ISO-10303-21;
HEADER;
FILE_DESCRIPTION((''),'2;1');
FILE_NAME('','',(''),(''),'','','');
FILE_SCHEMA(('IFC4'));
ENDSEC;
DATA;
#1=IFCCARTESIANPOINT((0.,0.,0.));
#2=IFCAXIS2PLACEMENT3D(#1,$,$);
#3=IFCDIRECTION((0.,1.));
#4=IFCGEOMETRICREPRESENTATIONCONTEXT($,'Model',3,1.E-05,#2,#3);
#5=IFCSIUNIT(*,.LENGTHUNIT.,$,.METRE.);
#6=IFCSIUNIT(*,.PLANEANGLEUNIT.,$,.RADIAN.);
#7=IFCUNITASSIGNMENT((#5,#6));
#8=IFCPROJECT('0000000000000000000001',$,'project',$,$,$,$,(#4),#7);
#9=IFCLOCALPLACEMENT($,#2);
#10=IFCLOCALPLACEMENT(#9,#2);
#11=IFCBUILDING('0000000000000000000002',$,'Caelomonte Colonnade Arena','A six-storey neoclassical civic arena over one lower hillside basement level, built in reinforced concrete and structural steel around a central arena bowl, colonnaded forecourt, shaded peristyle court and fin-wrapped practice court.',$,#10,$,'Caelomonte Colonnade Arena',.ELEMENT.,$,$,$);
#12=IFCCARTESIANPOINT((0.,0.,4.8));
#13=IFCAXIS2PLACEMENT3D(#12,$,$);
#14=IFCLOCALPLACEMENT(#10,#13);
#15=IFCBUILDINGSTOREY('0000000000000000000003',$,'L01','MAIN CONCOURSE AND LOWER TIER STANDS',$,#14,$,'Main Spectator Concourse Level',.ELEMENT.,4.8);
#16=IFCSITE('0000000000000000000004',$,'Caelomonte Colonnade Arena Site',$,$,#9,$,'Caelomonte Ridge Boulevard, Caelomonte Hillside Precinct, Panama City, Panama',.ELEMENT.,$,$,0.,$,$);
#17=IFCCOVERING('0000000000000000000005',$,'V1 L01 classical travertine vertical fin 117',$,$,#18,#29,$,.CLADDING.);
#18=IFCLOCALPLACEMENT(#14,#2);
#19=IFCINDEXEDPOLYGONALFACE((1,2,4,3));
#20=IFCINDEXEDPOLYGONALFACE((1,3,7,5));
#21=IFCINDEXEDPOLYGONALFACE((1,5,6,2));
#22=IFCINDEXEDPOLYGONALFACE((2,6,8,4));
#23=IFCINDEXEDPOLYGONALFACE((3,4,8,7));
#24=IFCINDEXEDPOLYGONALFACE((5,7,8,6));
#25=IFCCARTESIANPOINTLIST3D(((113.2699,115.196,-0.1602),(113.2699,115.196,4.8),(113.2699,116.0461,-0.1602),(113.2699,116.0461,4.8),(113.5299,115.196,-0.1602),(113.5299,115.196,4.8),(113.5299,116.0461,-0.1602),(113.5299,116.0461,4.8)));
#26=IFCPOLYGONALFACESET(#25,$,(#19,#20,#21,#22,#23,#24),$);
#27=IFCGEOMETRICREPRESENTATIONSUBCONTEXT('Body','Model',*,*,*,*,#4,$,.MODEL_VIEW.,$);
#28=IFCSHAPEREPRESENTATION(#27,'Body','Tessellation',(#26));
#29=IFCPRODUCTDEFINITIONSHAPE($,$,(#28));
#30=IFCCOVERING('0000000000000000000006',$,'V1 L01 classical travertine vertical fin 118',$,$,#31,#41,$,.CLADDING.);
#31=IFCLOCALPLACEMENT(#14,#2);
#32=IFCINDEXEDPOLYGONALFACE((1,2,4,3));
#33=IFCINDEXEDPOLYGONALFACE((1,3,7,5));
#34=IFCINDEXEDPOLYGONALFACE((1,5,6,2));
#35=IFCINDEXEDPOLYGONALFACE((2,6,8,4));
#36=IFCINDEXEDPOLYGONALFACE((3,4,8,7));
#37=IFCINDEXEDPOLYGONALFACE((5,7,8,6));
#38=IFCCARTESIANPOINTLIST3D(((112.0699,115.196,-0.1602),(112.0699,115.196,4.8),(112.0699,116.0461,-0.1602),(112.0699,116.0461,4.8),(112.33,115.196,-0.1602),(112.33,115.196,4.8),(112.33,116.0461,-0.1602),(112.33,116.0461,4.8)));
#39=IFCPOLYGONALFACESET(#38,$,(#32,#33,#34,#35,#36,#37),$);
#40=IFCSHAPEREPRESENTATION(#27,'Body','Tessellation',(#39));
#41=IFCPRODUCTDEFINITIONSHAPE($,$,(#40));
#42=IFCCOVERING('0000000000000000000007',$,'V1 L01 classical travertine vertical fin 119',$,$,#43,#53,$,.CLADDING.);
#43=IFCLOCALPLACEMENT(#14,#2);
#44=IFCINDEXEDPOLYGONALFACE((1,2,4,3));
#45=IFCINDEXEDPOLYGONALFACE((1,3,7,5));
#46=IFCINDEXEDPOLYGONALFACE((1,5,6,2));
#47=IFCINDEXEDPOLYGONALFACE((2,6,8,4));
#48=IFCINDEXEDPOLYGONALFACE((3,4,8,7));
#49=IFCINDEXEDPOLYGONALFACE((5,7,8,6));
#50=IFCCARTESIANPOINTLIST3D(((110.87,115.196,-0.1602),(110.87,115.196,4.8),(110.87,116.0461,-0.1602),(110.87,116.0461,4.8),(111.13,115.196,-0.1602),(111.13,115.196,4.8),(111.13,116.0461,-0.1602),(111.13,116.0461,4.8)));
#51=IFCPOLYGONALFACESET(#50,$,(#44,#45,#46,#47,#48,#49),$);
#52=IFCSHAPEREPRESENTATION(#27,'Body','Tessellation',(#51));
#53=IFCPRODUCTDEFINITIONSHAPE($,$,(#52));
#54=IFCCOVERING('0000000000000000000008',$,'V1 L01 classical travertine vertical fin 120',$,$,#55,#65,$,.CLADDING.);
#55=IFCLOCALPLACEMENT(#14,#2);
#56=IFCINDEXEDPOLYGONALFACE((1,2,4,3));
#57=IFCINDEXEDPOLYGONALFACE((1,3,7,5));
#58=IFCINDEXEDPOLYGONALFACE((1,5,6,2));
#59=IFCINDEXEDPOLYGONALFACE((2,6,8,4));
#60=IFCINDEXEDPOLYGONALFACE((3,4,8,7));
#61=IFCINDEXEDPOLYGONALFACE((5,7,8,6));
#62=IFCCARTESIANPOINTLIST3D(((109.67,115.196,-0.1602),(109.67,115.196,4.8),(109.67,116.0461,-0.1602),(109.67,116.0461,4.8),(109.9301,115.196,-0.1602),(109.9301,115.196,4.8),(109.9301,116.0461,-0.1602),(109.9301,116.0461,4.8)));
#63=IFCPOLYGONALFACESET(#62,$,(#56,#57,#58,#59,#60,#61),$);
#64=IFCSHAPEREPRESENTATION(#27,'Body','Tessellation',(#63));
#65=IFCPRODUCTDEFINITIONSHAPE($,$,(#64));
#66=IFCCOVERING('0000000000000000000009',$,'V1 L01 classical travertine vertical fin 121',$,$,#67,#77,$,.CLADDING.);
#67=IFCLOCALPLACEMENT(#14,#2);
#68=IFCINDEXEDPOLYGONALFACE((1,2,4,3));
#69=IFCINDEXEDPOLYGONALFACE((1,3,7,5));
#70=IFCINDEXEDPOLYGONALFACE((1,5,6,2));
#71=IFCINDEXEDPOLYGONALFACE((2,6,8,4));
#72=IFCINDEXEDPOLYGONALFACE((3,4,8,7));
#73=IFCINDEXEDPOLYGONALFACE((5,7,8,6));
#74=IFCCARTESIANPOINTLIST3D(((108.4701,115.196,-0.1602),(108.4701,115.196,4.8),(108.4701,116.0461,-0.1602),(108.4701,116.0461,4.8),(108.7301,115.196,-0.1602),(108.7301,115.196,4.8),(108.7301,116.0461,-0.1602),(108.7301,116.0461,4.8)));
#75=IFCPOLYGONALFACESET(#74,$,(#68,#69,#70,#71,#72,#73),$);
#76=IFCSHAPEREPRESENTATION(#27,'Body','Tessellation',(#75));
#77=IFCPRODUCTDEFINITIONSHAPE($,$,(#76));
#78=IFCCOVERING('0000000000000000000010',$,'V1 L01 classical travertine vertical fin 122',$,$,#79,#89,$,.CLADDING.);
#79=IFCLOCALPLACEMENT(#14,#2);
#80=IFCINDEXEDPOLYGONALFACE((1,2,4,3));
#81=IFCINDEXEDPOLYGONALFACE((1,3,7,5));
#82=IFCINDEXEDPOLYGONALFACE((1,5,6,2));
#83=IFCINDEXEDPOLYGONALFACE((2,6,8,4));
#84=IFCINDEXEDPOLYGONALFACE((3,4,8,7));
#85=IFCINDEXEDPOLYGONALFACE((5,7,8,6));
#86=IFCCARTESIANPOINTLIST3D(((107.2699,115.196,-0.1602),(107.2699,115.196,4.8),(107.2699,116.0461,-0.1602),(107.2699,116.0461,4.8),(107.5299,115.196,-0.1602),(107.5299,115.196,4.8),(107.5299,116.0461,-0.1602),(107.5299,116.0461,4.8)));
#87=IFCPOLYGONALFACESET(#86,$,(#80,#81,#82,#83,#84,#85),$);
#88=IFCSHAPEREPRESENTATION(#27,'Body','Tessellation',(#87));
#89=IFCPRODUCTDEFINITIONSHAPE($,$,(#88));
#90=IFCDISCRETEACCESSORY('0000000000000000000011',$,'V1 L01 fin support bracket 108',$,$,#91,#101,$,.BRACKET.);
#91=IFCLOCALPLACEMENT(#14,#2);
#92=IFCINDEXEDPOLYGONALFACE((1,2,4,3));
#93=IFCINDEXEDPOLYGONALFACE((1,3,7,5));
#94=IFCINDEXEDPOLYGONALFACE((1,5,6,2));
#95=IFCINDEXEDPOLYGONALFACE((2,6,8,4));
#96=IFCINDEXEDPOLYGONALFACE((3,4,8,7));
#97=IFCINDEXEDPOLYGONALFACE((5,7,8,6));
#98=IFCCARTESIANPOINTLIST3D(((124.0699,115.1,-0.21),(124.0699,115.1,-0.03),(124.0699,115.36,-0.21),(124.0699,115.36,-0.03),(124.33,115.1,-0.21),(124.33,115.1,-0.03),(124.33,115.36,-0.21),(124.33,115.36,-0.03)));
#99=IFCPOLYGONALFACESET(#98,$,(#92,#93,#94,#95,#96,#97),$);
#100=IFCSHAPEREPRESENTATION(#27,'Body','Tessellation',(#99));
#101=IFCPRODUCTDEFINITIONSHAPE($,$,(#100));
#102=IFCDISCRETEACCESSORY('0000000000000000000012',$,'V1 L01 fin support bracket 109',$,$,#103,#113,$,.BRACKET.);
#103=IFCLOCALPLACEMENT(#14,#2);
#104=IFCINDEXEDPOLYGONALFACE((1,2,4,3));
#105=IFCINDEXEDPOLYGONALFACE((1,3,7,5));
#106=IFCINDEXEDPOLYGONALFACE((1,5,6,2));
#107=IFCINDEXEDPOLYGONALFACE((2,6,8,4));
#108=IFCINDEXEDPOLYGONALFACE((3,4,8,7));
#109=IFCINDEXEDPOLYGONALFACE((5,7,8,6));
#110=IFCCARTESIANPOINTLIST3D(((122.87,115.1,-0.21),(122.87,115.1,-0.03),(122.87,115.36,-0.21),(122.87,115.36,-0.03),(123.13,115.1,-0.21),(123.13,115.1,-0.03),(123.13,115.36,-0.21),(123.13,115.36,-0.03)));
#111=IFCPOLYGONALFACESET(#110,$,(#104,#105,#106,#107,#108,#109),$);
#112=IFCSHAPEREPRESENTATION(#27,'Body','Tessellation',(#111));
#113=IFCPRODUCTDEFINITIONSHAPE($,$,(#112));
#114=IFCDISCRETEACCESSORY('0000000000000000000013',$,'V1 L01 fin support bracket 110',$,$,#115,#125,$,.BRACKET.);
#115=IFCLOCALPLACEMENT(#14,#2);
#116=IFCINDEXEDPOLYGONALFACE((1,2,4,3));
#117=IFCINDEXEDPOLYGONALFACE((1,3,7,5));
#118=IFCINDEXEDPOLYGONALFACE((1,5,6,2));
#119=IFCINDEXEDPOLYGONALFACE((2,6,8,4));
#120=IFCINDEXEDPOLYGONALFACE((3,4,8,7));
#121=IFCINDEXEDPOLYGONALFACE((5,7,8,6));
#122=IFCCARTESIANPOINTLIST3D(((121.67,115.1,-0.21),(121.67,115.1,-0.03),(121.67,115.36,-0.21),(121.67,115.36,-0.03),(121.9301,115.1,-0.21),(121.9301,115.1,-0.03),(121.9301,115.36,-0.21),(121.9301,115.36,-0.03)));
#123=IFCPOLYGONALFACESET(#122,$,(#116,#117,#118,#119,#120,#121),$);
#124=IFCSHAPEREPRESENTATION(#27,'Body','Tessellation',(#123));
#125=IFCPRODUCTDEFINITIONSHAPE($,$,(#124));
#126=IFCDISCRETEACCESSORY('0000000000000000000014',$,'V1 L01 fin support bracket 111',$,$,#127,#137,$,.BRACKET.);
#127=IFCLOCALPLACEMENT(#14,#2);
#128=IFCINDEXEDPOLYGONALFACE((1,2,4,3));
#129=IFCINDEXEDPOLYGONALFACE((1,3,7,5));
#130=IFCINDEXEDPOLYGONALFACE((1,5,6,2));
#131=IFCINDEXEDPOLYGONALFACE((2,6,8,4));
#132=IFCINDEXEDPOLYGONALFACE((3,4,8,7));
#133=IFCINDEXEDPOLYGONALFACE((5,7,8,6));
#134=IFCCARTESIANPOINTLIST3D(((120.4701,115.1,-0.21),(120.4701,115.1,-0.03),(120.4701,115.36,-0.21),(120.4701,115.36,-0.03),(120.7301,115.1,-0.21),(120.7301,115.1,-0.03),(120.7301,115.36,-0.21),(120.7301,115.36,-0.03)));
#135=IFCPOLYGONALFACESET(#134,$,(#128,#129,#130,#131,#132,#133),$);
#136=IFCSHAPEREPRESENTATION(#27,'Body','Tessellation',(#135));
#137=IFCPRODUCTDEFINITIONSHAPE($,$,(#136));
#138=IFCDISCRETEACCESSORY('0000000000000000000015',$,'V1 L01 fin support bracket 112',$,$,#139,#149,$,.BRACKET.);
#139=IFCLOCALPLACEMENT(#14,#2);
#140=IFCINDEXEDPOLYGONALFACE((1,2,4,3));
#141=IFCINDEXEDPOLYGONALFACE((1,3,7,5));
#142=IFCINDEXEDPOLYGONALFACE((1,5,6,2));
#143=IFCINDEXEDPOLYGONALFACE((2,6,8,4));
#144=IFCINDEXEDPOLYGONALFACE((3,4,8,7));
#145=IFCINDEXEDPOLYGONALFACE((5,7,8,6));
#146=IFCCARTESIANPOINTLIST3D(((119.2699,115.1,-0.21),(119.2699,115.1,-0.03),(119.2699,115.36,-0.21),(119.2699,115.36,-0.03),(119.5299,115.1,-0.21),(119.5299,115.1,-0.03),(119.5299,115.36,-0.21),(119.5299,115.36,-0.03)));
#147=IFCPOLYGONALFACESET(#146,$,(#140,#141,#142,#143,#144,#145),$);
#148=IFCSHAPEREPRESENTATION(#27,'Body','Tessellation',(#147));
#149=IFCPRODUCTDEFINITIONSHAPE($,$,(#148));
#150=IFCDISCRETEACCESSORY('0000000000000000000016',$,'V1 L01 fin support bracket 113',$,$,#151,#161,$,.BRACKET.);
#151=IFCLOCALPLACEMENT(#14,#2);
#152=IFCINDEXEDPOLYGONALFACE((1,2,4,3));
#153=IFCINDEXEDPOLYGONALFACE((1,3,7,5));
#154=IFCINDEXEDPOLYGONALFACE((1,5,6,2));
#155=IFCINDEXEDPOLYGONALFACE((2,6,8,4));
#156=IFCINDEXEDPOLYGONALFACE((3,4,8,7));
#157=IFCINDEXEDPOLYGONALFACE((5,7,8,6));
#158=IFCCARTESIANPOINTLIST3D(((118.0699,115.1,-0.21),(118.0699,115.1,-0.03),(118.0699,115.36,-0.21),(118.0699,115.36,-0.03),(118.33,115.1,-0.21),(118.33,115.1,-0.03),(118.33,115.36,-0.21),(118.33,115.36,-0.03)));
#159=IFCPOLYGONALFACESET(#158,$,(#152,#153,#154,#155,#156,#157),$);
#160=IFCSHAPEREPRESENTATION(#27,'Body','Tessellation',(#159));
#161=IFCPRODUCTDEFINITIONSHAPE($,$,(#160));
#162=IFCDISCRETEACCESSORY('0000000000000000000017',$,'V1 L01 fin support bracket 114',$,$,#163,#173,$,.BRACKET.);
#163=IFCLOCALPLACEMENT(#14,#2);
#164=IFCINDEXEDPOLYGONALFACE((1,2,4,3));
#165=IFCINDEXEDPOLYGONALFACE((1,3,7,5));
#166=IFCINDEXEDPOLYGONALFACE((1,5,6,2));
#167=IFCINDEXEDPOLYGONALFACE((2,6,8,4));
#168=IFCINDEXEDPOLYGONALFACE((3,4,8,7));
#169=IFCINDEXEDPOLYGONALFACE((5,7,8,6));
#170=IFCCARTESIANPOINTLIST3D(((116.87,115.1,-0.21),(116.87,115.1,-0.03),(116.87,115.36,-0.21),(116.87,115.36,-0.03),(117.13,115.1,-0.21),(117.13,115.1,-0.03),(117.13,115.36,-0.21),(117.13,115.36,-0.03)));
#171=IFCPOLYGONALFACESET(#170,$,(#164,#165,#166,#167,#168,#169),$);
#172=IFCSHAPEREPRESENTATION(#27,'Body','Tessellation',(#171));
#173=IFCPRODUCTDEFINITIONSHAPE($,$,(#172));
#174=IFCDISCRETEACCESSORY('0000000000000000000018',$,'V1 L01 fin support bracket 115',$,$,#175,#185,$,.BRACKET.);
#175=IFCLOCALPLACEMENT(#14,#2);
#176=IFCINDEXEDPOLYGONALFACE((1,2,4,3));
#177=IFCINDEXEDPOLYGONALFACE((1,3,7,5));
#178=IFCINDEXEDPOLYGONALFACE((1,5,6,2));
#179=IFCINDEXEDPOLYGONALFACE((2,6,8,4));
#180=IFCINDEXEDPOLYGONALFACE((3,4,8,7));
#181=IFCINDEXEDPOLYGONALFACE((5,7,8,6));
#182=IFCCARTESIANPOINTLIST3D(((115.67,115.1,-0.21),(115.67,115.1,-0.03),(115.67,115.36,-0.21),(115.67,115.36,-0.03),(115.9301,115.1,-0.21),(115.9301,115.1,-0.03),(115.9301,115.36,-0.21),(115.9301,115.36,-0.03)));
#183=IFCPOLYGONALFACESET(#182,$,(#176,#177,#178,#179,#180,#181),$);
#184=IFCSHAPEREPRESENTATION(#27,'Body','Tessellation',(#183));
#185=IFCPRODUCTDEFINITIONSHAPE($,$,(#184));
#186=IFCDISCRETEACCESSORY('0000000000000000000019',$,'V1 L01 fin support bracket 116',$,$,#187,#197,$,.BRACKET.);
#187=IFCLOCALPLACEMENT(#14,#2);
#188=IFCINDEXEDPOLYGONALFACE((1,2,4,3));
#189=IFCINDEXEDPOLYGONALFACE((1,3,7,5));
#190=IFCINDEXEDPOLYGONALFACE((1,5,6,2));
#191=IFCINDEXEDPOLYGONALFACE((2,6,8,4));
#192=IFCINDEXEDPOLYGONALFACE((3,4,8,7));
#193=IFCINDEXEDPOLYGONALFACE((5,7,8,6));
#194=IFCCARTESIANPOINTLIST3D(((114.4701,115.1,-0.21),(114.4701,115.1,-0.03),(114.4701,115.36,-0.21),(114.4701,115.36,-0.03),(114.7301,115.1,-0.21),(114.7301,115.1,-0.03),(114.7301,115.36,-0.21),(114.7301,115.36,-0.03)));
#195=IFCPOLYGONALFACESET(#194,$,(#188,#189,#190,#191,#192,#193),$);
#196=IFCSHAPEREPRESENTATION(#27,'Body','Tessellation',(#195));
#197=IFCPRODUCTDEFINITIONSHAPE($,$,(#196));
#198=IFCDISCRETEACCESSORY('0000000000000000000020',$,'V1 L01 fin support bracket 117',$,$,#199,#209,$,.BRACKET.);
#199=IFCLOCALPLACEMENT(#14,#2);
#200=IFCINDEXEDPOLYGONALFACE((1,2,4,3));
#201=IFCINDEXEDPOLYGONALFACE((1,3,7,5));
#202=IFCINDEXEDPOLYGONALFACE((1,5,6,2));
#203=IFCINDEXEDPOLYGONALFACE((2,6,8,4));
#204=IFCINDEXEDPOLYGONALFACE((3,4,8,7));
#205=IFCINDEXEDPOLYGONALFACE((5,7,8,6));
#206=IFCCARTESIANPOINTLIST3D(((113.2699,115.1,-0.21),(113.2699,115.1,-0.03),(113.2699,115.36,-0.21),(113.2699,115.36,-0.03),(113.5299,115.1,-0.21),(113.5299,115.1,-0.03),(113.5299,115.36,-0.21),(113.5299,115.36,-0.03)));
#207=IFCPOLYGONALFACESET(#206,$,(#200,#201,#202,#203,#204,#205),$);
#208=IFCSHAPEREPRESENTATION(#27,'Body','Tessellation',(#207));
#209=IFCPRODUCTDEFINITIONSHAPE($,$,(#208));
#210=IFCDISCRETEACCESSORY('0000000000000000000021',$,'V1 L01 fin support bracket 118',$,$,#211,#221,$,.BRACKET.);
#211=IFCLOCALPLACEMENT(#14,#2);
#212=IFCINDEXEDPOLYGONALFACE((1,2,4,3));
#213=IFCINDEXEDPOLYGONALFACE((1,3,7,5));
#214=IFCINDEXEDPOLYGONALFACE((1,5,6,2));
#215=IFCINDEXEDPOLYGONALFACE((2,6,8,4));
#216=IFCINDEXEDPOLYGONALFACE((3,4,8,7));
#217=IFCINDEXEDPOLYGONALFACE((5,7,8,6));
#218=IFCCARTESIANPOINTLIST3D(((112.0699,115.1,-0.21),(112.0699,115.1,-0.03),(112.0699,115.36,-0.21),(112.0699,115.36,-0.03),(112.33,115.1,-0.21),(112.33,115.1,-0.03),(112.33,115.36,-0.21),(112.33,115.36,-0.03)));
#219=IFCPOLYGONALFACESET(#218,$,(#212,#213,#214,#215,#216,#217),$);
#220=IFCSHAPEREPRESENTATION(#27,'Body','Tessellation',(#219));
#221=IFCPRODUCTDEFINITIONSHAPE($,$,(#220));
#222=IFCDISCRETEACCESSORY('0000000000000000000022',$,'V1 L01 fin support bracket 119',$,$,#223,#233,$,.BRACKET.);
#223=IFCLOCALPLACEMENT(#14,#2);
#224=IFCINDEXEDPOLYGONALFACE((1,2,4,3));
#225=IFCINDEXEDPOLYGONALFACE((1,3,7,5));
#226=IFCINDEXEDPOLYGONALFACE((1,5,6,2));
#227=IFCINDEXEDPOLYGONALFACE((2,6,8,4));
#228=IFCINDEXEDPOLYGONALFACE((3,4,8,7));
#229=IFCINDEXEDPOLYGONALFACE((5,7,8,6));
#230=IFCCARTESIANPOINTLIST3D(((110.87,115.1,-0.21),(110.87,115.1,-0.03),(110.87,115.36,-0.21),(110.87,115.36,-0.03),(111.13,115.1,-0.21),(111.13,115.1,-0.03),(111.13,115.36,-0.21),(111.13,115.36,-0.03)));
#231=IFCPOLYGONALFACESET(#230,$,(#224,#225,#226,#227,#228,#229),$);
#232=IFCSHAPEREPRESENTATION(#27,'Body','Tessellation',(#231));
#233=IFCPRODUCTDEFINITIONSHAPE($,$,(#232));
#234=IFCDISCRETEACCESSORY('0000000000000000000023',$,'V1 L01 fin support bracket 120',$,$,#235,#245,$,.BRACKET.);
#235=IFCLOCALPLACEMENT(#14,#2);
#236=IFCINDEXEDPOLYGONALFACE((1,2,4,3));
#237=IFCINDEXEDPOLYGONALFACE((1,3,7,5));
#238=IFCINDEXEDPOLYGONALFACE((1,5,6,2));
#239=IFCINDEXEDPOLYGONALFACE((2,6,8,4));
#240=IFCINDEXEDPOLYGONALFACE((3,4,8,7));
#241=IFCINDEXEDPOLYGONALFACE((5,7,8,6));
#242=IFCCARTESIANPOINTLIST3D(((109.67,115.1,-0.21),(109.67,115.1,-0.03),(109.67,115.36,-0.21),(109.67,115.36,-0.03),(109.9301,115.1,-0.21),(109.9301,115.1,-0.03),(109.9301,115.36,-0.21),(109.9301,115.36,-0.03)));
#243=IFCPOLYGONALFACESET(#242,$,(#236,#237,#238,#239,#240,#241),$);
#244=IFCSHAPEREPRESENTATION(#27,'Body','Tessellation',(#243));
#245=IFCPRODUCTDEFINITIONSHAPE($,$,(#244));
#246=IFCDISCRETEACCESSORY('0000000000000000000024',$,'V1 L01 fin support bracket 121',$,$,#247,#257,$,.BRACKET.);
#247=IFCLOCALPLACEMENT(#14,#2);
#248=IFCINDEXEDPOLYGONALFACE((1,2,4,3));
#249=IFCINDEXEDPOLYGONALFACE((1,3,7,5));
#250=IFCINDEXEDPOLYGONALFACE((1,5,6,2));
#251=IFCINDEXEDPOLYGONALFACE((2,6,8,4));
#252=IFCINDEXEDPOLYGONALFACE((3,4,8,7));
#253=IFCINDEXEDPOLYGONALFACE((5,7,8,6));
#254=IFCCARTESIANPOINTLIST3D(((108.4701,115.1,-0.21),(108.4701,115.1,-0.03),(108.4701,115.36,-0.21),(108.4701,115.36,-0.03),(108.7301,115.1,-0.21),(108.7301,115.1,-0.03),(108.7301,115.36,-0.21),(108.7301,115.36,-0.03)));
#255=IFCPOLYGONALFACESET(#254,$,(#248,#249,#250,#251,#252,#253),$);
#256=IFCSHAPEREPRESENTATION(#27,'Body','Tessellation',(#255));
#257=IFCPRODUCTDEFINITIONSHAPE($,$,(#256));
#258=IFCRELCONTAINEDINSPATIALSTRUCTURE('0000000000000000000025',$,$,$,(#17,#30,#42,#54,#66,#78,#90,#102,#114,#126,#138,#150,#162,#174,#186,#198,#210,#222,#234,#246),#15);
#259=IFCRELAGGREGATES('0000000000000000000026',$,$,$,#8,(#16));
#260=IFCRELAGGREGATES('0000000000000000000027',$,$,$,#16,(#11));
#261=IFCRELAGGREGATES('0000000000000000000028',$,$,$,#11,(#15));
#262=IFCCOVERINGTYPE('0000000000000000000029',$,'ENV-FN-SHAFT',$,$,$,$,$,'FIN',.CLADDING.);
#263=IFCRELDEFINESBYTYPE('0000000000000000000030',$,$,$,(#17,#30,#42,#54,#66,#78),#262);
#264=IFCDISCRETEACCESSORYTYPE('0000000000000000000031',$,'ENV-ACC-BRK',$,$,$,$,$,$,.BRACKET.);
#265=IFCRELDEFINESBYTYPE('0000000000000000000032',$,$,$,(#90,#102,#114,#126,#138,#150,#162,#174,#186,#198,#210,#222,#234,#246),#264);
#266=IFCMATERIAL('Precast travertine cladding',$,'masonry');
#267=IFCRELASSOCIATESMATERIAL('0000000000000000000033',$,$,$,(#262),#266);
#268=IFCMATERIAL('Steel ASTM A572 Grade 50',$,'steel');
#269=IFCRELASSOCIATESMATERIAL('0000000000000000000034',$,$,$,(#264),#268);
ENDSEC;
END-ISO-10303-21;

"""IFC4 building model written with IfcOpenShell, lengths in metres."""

from ifc_helpers import new_model, si_unit, direction, frame, origin, origin_2d, place, context, subcontext, project, spatial, rectangle, extrude, material, material_profile, profile_set, type_object, element, save


model = new_model("IFC4")

# Units and contexts
model_context = context("Model", 3, precision=1e-05, world=origin(), true_north=direction((0.0, 1.0)))
body_context = subcontext(model_context, "Body", "Model", "MODEL_VIEW")
ifc_project = project(units=[si_unit("LENGTHUNIT", "METRE"), si_unit("PLANEANGLEUNIT", "RADIAN")], contexts=[model_context])

# Site, building, storey
site_placement = place(None, origin())
site = spatial("IfcSite", under=ifc_project, at=site_placement, Name="Caelomonte Colonnade Arena Site", LongName="Caelomonte Ridge Boulevard, Caelomonte Hillside Precinct, Panama City, Panama", CompositionType="ELEMENT", RefElevation=0.0)
building_placement = place(site_placement, origin())
building = spatial("IfcBuilding", under=site, at=building_placement, Name="Caelomonte Colonnade Arena", Description="A six-storey neoclassical civic arena over one lower hillside basement level, built in reinforced concrete and structural steel around a central arena bowl, colonnaded forecourt, shaded peristyle court and fin-wrapped practice court.", LongName="Caelomonte Colonnade Arena", CompositionType="ELEMENT")
storey_placement = place(building_placement, frame((0.0, 0.0, 4.8)))
storey = spatial("IfcBuildingStorey", under=building, at=storey_placement, Name="L01", Description="MAIN CONCOURSE AND LOWER TIER STANDS", LongName="Main Spectator Concourse Level", CompositionType="ELEMENT", Elevation=4.8)

# Coverings
ifc_material_1 = material(Name="Precast travertine cladding", Category="masonry")
ifc_material_profile_1 = material_profile(ifc_material_1, rectangle(XDim=0.26, YDim=0.8501, at=origin_2d()), Name="FIN260X850")
ifc_profile_set_1 = profile_set([ifc_material_profile_1], Name="Precast travertine cladding")
covering_type = type_object("IfcCoveringType", Name="ENV-FN-SHAFT", ElementType="FIN", PredefinedType="CLADDING", material=ifc_profile_set_1)
for number, where, z_axis, x_axis, name in (
    (1, (113.3999, 115.6211, -0.1602), (0.0, 0.0, 1.0), (1.0, 0.0, 0.0), "V1 L01 classical travertine vertical fin 117"),
    (2, (112.2, 115.6211, -0.1602), (0.0, 0.0, 1.0), (1.0, 0.0, 0.0), "V1 L01 classical travertine vertical fin 118"),
    (3, (111.0, 115.6211, -0.1602), (0.0, 0.0, 1.0), (1.0, 0.0, 0.0), "V1 L01 classical travertine vertical fin 119"),
    (4, (109.8, 115.6211, -0.1602), (0.0, 0.0, 1.0), (1.0, 0.0, 0.0), "V1 L01 classical travertine vertical fin 120"),
    (5, (108.6001, 115.6211, -0.1602), (0.0, 0.0, 1.0), (1.0, 0.0, 0.0), "V1 L01 classical travertine vertical fin 121"),
    (6, (107.3999, 115.6211, -0.1602), (0.0, 0.0, 1.0), (1.0, 0.0, 0.0), "V1 L01 classical travertine vertical fin 122"),
):
    element("IfcCovering", number, at=place(storey_placement, frame(where, z_axis=z_axis, x_axis=x_axis)), inside=storey, type_object=covering_type, Name=name, PredefinedType="CLADDING", context=body_context, shape_type="SweptSolid", body=[
        extrude(rectangle(XDim=0.26, YDim=0.8501, at=origin_2d()), origin(), (0.0, 0.0, 1.0), 4.9602),
    ])

# Discrete accessories
ifc_material_2 = material(Name="Steel ASTM A572 Grade 50", Category="steel")
discrete_accessory_type = type_object("IfcDiscreteAccessoryType", Name="ENV-ACC-BRK", PredefinedType="BRACKET", material=ifc_material_2)
for number, where, z_axis, x_axis, name in (
    (7, (124.2, 115.23, -0.21), (0.0, 0.0, 1.0), (-1.0, 0.0, 0.0), "V1 L01 fin support bracket 108"),
    (8, (123.0, 115.23, -0.21), (0.0, 0.0, 1.0), (-1.0, 0.0, 0.0), "V1 L01 fin support bracket 109"),
    (9, (121.8, 115.23, -0.21), (0.0, 0.0, 1.0), (-1.0, 0.0, 0.0), "V1 L01 fin support bracket 110"),
    (10, (120.6001, 115.23, -0.21), (0.0, 0.0, 1.0), (-1.0, 0.0, 0.0), "V1 L01 fin support bracket 111"),
    (11, (119.3999, 115.23, -0.21), (0.0, 0.0, 1.0), (-1.0, 0.0, 0.0), "V1 L01 fin support bracket 112"),
    (12, (118.2, 115.23, -0.21), (0.0, 0.0, 1.0), (-1.0, 0.0, 0.0), "V1 L01 fin support bracket 113"),
    (13, (117.0, 115.23, -0.21), (0.0, 0.0, 1.0), (-1.0, 0.0, 0.0), "V1 L01 fin support bracket 114"),
    (14, (115.8, 115.23, -0.21), (0.0, 0.0, 1.0), (-1.0, 0.0, 0.0), "V1 L01 fin support bracket 115"),
    (15, (114.6001, 115.23, -0.21), (0.0, 0.0, 1.0), (-1.0, 0.0, 0.0), "V1 L01 fin support bracket 116"),
    (16, (113.3999, 115.23, -0.21), (0.0, 0.0, 1.0), (-1.0, 0.0, 0.0), "V1 L01 fin support bracket 117"),
    (17, (112.2, 115.23, -0.21), (0.0, 0.0, 1.0), (-1.0, 0.0, 0.0), "V1 L01 fin support bracket 118"),
    (18, (111.0, 115.23, -0.21), (0.0, 0.0, 1.0), (-1.0, 0.0, 0.0), "V1 L01 fin support bracket 119"),
    (19, (109.8, 115.23, -0.21), (0.0, 0.0, 1.0), (-1.0, 0.0, 0.0), "V1 L01 fin support bracket 120"),
    (20, (108.6001, 115.23, -0.21), (0.0, 0.0, 1.0), (-1.0, 0.0, 0.0), "V1 L01 fin support bracket 121"),
):
    element("IfcDiscreteAccessory", number, at=place(storey_placement, frame(where, z_axis=z_axis, x_axis=x_axis)), inside=storey, type_object=discrete_accessory_type, Name=name, PredefinedType="BRACKET", context=body_context, shape_type="SweptSolid", body=[
        extrude(rectangle(XDim=0.26, YDim=0.26, at=origin_2d()), origin(), (0.0, 0.0, 1.0), 0.1799),
    ])

save(model, "model.ifc")
